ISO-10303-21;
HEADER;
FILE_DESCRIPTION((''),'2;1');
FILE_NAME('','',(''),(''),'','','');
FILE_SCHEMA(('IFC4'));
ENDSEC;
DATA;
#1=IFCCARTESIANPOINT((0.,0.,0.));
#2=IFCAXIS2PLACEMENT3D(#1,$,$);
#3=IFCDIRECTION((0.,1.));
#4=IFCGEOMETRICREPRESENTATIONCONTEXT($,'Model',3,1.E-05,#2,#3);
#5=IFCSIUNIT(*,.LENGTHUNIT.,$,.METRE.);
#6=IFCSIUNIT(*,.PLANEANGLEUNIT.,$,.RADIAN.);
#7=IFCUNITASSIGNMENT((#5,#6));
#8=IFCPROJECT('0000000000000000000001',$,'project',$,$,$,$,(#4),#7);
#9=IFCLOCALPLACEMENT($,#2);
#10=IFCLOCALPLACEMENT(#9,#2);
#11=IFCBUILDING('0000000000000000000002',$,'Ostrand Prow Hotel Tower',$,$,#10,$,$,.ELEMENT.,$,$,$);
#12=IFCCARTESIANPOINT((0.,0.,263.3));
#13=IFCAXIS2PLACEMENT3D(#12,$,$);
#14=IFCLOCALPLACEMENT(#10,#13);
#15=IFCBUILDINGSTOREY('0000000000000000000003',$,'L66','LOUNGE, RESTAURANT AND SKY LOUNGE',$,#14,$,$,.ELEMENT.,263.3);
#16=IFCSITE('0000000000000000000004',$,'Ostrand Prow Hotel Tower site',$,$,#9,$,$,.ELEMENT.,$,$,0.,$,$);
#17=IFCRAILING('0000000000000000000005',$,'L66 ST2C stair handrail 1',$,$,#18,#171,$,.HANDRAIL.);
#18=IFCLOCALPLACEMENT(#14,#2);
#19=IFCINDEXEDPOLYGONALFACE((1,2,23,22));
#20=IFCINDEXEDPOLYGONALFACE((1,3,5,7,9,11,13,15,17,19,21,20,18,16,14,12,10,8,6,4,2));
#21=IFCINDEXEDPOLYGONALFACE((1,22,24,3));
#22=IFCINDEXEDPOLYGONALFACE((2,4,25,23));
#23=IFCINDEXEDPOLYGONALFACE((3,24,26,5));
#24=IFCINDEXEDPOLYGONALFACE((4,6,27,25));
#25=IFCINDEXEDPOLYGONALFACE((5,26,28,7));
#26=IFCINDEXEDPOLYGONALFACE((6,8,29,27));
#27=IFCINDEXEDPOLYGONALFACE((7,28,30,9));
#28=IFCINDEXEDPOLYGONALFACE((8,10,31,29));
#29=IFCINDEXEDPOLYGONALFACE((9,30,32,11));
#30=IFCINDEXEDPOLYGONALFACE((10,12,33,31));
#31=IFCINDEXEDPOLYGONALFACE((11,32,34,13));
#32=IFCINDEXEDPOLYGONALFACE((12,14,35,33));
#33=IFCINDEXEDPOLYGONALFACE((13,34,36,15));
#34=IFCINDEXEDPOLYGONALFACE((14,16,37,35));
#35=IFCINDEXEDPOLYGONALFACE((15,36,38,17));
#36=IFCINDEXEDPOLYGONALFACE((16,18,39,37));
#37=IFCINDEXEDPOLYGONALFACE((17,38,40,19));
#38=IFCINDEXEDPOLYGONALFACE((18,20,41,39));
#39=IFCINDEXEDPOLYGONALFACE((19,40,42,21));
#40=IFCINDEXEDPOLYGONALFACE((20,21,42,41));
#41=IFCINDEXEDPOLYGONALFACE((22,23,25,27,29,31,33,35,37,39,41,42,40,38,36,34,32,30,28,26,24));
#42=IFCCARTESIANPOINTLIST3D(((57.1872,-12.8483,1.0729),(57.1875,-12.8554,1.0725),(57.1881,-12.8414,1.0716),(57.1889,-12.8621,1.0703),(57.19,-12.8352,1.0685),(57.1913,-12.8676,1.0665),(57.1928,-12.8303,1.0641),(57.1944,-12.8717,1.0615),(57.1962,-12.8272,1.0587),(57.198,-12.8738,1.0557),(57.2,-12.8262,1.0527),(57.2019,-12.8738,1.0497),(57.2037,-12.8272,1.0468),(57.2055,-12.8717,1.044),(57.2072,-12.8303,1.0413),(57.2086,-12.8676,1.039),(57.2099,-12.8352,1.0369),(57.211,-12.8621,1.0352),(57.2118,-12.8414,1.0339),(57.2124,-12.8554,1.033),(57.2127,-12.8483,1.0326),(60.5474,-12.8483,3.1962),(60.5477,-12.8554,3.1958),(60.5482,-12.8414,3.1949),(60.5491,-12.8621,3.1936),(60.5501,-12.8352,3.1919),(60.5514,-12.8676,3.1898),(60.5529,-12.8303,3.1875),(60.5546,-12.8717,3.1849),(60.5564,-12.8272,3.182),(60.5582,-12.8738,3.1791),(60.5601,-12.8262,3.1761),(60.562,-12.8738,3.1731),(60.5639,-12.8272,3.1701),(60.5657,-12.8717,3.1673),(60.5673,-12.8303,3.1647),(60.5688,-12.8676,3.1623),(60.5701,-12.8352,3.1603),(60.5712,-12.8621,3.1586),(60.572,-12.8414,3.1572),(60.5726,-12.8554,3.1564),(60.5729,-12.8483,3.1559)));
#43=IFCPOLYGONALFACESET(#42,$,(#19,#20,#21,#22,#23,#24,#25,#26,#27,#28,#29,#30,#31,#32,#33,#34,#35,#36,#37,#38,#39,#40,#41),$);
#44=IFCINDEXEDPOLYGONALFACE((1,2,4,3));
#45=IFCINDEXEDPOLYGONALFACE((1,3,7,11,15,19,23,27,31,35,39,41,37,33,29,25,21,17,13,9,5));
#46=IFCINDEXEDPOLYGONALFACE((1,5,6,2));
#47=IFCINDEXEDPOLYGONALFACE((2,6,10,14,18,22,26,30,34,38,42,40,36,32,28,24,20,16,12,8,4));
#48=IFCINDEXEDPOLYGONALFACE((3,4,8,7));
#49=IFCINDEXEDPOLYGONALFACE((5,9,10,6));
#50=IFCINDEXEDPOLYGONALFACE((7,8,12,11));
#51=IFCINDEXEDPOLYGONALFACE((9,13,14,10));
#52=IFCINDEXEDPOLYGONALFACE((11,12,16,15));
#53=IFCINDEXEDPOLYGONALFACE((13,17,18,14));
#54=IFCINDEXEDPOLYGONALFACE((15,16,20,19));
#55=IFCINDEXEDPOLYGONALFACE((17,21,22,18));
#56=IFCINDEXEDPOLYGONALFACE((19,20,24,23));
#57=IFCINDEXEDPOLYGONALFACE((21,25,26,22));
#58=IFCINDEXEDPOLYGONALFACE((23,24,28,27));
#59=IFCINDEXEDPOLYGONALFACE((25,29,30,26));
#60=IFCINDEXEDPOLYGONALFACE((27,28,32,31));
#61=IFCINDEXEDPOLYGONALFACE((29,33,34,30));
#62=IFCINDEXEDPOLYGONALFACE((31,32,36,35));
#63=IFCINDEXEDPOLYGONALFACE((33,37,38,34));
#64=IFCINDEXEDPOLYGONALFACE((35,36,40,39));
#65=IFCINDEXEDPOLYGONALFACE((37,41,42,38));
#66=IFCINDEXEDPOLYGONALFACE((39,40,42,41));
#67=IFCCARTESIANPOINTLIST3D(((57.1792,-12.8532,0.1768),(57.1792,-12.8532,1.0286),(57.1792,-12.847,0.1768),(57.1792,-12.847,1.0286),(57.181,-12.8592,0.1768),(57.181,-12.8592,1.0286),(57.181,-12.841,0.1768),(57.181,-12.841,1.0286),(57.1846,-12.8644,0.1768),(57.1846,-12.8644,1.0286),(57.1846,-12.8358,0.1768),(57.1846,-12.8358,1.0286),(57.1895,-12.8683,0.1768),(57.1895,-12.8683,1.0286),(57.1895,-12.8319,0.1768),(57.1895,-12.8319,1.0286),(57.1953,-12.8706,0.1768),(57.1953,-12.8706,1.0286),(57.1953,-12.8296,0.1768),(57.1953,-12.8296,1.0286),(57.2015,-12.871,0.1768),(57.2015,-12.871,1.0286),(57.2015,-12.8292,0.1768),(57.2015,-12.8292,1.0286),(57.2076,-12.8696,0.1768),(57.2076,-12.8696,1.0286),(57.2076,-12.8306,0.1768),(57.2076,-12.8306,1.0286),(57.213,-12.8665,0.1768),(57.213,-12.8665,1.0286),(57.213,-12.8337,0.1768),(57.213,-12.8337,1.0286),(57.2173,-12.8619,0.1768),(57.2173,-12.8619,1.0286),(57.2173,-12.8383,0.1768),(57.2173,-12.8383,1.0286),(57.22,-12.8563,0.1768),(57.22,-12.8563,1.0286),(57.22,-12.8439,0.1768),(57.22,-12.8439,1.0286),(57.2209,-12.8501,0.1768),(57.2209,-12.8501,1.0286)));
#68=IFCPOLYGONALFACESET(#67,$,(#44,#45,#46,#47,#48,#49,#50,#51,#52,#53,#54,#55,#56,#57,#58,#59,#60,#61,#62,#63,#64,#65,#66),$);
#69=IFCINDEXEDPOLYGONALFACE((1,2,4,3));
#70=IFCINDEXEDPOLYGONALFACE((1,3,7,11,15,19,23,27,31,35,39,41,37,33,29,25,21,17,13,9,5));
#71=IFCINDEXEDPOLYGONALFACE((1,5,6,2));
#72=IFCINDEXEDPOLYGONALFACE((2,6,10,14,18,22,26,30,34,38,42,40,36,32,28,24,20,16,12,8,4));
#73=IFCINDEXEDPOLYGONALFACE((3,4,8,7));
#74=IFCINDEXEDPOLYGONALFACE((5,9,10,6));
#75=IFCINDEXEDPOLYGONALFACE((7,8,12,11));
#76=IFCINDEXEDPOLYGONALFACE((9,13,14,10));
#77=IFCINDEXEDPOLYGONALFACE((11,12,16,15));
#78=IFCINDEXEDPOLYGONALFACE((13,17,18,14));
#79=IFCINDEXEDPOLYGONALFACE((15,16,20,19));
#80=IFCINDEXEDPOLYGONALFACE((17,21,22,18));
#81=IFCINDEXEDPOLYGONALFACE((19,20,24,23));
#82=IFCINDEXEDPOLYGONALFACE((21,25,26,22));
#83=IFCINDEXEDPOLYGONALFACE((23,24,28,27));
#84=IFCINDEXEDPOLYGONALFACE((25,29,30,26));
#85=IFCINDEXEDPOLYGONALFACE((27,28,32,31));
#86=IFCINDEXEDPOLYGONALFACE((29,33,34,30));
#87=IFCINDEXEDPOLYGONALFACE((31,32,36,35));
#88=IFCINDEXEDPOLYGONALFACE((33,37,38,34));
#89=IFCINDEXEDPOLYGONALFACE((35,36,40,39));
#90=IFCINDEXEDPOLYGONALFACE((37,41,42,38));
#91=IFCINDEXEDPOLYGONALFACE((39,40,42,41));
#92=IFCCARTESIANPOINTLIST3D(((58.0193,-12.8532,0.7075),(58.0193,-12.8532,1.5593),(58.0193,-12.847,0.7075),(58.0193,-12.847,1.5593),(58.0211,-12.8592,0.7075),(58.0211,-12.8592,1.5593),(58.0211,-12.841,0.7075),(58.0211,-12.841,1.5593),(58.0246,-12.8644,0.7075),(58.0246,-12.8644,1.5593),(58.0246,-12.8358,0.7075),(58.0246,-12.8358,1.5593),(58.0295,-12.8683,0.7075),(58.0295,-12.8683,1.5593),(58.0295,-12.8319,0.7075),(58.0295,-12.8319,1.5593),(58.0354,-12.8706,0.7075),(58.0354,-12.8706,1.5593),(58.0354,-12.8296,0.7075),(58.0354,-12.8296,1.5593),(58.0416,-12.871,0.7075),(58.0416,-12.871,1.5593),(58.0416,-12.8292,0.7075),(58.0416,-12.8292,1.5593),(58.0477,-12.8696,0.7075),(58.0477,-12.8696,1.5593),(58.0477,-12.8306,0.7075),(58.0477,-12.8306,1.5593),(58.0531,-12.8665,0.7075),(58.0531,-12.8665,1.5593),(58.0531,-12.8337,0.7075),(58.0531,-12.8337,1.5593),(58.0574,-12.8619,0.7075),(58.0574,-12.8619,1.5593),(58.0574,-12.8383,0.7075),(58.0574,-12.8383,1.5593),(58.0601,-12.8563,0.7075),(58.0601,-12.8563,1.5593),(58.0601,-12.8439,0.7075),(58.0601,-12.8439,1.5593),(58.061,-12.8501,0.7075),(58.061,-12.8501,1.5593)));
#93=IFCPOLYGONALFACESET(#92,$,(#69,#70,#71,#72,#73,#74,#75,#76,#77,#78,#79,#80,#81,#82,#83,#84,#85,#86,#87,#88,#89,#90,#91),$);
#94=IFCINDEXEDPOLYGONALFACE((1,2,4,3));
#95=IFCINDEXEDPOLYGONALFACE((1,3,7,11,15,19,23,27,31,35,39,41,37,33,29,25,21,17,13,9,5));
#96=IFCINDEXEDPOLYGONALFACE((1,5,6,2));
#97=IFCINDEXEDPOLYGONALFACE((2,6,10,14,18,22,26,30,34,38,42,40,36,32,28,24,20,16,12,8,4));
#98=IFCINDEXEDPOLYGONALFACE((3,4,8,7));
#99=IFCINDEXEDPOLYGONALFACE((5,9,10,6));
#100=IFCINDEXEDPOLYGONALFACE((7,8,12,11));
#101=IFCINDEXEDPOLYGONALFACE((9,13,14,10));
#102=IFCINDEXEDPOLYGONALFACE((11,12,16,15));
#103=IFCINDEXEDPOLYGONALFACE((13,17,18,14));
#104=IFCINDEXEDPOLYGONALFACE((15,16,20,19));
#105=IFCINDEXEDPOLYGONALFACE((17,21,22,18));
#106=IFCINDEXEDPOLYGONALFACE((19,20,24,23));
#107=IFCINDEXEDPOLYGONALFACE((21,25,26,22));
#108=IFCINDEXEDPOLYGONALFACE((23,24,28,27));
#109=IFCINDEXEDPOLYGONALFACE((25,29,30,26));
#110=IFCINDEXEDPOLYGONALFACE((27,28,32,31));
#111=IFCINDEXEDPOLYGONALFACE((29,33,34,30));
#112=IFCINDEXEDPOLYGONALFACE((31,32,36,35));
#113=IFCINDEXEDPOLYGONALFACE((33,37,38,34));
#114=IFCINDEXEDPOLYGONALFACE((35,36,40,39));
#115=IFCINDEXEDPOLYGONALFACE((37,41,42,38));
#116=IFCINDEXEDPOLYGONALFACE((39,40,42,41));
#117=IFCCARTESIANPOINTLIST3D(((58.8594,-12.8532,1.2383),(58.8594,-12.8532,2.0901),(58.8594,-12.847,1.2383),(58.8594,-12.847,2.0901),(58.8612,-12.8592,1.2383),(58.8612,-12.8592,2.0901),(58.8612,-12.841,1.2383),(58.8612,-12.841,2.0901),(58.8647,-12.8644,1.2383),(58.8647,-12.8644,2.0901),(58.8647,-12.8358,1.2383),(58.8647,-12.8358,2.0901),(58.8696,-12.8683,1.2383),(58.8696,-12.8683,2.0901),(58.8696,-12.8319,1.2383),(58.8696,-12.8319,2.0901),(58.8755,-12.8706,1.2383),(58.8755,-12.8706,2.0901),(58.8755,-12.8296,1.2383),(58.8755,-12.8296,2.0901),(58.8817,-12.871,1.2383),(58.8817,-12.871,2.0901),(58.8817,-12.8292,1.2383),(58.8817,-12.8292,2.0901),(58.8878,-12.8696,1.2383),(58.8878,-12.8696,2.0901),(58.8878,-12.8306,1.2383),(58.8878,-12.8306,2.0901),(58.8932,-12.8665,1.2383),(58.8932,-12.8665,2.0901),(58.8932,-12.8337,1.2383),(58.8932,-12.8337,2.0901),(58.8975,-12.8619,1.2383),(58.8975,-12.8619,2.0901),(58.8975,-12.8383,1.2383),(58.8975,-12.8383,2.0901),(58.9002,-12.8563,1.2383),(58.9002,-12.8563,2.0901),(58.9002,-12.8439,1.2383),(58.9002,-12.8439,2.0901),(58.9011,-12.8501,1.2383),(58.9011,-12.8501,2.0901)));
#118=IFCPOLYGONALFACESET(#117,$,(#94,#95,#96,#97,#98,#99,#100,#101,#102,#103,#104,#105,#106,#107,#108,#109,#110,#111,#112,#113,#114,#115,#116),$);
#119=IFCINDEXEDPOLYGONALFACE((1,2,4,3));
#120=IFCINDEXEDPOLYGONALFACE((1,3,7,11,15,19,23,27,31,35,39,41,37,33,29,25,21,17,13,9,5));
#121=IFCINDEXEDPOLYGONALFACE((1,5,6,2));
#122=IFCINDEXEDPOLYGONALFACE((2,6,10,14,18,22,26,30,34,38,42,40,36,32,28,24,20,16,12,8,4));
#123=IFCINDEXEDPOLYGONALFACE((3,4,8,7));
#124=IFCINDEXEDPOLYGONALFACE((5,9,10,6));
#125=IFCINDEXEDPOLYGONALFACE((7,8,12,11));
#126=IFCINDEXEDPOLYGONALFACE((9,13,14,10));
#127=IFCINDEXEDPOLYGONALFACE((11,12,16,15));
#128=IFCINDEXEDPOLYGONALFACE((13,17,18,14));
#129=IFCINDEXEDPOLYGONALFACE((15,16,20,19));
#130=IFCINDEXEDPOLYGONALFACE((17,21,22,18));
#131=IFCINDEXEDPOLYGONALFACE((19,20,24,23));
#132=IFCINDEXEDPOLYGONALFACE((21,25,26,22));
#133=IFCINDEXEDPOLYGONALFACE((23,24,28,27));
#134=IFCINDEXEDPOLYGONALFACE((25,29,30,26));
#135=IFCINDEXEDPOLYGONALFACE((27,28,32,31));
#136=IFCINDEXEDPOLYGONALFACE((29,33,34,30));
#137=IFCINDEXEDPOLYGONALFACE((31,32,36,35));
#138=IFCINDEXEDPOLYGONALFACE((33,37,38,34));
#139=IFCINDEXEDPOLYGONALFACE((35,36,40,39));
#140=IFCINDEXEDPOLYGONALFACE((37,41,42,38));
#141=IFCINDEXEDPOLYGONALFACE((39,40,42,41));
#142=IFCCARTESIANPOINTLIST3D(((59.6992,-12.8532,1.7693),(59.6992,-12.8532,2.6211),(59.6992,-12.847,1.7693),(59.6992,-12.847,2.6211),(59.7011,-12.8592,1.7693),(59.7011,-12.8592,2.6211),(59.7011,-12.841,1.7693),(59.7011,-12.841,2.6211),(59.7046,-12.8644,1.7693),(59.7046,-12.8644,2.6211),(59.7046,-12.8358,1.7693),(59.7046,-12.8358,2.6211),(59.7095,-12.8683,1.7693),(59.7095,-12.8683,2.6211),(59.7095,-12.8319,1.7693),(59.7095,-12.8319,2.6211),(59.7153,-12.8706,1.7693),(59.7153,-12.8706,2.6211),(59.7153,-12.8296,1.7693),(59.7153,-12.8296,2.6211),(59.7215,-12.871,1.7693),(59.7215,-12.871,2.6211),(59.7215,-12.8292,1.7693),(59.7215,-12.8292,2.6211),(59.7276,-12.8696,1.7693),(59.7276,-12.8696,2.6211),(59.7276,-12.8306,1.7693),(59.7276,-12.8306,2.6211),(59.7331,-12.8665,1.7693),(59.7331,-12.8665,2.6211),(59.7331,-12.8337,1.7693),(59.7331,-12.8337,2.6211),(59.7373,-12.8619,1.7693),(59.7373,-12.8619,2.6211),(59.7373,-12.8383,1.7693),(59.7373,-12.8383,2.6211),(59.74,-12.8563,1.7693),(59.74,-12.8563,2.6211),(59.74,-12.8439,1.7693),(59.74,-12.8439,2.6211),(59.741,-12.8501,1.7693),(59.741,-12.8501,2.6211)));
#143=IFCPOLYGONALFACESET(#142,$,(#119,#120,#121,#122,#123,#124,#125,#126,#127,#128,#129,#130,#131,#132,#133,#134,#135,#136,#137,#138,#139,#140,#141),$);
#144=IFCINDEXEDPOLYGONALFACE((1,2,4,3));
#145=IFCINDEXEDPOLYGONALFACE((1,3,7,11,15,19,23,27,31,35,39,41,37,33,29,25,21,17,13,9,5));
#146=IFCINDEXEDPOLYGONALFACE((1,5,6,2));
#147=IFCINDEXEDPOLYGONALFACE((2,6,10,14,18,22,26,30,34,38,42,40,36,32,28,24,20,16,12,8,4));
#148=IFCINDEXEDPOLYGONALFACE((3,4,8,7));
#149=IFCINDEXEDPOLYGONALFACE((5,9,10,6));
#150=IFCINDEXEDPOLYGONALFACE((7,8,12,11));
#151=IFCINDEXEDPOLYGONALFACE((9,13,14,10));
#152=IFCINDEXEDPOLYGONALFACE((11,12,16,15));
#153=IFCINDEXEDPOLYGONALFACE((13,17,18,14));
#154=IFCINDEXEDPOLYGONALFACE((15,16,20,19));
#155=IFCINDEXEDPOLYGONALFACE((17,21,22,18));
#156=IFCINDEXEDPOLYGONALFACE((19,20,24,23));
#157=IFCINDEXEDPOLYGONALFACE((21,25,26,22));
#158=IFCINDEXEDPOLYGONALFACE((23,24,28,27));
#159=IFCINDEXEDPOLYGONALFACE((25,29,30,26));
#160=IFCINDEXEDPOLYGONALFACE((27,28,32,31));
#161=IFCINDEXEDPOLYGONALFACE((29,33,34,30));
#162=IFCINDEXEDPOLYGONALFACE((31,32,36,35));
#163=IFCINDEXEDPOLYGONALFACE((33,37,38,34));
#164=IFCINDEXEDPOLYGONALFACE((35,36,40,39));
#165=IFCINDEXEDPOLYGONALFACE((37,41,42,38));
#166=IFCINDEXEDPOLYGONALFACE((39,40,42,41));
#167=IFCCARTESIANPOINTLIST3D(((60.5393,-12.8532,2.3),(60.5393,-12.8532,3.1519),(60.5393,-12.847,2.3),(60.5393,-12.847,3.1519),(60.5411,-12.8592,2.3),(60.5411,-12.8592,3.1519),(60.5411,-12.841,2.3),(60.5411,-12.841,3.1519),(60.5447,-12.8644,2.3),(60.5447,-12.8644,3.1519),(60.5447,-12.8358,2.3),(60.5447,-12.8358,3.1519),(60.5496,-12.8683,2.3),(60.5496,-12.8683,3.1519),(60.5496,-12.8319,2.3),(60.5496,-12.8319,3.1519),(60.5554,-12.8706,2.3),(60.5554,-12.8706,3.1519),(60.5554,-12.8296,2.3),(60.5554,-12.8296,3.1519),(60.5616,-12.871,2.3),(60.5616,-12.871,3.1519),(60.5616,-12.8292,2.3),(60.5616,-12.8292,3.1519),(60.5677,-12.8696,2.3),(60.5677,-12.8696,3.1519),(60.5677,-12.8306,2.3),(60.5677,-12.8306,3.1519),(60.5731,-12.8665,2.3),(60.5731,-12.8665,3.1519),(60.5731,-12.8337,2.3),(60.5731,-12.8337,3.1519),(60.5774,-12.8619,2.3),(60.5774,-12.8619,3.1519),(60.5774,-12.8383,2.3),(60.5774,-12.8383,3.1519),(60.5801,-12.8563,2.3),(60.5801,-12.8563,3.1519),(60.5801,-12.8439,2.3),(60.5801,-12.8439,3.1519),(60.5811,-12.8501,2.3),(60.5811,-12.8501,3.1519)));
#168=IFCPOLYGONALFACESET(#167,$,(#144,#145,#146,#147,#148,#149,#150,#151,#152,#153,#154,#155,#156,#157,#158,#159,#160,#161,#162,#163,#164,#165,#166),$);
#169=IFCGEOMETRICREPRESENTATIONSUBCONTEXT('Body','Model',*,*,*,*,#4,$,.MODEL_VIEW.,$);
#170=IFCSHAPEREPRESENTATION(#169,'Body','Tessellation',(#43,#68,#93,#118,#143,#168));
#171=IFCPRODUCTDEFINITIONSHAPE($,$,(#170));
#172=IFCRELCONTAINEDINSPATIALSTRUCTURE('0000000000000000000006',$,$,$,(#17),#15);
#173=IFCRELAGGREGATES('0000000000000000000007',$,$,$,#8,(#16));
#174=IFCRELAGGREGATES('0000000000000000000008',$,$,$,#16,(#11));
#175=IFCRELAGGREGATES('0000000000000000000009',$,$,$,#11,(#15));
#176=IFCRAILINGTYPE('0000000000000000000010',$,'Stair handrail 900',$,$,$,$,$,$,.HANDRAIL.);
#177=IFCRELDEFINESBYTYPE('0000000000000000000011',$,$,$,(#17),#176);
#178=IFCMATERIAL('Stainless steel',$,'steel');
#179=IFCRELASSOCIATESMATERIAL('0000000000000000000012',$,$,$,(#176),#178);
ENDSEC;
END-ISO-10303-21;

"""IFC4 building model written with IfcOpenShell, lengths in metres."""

from ifc_helpers import new_model, si_unit, direction, frame, origin, origin_2d, place, context, subcontext, project, spatial, circle, extrude, material, type_object, element, save


model = new_model("IFC4")

# Units and contexts
model_context = context("Model", 3, precision=1e-05, world=origin(), true_north=direction((0.0, 1.0)))
body_context = subcontext(model_context, "Body", "Model", "MODEL_VIEW")
ifc_project = project(units=[si_unit("LENGTHUNIT", "METRE"), si_unit("PLANEANGLEUNIT", "RADIAN")], contexts=[model_context])

# Site, building, storey
site_placement = place(None, origin())
site = spatial("IfcSite", under=ifc_project, at=site_placement, Name="Ostrand Prow Hotel Tower site", CompositionType="ELEMENT", RefElevation=0.0)
building_placement = place(site_placement, origin())
building = spatial("IfcBuilding", under=site, at=building_placement, Name="Ostrand Prow Hotel Tower", CompositionType="ELEMENT")
storey_placement = place(building_placement, frame((0.0, 0.0, 263.3)))
storey = spatial("IfcBuildingStorey", under=building, at=storey_placement, Name="L66", Description="LOUNGE, RESTAURANT AND SKY LOUNGE", CompositionType="ELEMENT", Elevation=263.3)

# Railing
ifc_material_1 = material(Name="Stainless steel", Category="steel")
railing_type_1 = type_object("IfcRailingType", Name="Stair handrail 900", PredefinedType="HANDRAIL", material=ifc_material_1)
railing_1_placement = place(storey_placement, frame((57.2, -12.8501, 0.1768)))
element("IfcRailing", 1, at=railing_1_placement, inside=storey, type_object=railing_type_1, Name="L66 ST2C stair handrail 1", PredefinedType="HANDRAIL", context=body_context, shape_type="SweptSolid", body=[
    extrude(circle(Radius=0.0239, at=origin_2d()), frame((0.0, 0.0, 0.876), z_axis=(0.845362, 0.0, 0.534194), x_axis=(0.0, 1.0, 0.0)), (0.0, 0.0, 1.0), 3.9749),
    extrude(circle(Radius=0.021, at=origin_2d()), origin(), (0.0, 0.0, 1.0), 0.8518),
    extrude(circle(Radius=0.021, at=origin_2d()), frame((0.8401, 0.0, 0.5308)), (0.0, 0.0, 1.0), 0.8518),
    extrude(circle(Radius=0.021, at=origin_2d()), frame((1.6802, 0.0, 1.0615)), (0.0, 0.0, 1.0), 0.8518),
    extrude(circle(Radius=0.021, at=origin_2d()), frame((2.52, 0.0, 1.5925)), (0.0, 0.0, 1.0), 0.8518),
    extrude(circle(Radius=0.021, at=origin_2d()), frame((3.3601, 0.0, 2.1233)), (0.0, 0.0, 1.0), 0.8518),
])

save(model, "model.ifc")
